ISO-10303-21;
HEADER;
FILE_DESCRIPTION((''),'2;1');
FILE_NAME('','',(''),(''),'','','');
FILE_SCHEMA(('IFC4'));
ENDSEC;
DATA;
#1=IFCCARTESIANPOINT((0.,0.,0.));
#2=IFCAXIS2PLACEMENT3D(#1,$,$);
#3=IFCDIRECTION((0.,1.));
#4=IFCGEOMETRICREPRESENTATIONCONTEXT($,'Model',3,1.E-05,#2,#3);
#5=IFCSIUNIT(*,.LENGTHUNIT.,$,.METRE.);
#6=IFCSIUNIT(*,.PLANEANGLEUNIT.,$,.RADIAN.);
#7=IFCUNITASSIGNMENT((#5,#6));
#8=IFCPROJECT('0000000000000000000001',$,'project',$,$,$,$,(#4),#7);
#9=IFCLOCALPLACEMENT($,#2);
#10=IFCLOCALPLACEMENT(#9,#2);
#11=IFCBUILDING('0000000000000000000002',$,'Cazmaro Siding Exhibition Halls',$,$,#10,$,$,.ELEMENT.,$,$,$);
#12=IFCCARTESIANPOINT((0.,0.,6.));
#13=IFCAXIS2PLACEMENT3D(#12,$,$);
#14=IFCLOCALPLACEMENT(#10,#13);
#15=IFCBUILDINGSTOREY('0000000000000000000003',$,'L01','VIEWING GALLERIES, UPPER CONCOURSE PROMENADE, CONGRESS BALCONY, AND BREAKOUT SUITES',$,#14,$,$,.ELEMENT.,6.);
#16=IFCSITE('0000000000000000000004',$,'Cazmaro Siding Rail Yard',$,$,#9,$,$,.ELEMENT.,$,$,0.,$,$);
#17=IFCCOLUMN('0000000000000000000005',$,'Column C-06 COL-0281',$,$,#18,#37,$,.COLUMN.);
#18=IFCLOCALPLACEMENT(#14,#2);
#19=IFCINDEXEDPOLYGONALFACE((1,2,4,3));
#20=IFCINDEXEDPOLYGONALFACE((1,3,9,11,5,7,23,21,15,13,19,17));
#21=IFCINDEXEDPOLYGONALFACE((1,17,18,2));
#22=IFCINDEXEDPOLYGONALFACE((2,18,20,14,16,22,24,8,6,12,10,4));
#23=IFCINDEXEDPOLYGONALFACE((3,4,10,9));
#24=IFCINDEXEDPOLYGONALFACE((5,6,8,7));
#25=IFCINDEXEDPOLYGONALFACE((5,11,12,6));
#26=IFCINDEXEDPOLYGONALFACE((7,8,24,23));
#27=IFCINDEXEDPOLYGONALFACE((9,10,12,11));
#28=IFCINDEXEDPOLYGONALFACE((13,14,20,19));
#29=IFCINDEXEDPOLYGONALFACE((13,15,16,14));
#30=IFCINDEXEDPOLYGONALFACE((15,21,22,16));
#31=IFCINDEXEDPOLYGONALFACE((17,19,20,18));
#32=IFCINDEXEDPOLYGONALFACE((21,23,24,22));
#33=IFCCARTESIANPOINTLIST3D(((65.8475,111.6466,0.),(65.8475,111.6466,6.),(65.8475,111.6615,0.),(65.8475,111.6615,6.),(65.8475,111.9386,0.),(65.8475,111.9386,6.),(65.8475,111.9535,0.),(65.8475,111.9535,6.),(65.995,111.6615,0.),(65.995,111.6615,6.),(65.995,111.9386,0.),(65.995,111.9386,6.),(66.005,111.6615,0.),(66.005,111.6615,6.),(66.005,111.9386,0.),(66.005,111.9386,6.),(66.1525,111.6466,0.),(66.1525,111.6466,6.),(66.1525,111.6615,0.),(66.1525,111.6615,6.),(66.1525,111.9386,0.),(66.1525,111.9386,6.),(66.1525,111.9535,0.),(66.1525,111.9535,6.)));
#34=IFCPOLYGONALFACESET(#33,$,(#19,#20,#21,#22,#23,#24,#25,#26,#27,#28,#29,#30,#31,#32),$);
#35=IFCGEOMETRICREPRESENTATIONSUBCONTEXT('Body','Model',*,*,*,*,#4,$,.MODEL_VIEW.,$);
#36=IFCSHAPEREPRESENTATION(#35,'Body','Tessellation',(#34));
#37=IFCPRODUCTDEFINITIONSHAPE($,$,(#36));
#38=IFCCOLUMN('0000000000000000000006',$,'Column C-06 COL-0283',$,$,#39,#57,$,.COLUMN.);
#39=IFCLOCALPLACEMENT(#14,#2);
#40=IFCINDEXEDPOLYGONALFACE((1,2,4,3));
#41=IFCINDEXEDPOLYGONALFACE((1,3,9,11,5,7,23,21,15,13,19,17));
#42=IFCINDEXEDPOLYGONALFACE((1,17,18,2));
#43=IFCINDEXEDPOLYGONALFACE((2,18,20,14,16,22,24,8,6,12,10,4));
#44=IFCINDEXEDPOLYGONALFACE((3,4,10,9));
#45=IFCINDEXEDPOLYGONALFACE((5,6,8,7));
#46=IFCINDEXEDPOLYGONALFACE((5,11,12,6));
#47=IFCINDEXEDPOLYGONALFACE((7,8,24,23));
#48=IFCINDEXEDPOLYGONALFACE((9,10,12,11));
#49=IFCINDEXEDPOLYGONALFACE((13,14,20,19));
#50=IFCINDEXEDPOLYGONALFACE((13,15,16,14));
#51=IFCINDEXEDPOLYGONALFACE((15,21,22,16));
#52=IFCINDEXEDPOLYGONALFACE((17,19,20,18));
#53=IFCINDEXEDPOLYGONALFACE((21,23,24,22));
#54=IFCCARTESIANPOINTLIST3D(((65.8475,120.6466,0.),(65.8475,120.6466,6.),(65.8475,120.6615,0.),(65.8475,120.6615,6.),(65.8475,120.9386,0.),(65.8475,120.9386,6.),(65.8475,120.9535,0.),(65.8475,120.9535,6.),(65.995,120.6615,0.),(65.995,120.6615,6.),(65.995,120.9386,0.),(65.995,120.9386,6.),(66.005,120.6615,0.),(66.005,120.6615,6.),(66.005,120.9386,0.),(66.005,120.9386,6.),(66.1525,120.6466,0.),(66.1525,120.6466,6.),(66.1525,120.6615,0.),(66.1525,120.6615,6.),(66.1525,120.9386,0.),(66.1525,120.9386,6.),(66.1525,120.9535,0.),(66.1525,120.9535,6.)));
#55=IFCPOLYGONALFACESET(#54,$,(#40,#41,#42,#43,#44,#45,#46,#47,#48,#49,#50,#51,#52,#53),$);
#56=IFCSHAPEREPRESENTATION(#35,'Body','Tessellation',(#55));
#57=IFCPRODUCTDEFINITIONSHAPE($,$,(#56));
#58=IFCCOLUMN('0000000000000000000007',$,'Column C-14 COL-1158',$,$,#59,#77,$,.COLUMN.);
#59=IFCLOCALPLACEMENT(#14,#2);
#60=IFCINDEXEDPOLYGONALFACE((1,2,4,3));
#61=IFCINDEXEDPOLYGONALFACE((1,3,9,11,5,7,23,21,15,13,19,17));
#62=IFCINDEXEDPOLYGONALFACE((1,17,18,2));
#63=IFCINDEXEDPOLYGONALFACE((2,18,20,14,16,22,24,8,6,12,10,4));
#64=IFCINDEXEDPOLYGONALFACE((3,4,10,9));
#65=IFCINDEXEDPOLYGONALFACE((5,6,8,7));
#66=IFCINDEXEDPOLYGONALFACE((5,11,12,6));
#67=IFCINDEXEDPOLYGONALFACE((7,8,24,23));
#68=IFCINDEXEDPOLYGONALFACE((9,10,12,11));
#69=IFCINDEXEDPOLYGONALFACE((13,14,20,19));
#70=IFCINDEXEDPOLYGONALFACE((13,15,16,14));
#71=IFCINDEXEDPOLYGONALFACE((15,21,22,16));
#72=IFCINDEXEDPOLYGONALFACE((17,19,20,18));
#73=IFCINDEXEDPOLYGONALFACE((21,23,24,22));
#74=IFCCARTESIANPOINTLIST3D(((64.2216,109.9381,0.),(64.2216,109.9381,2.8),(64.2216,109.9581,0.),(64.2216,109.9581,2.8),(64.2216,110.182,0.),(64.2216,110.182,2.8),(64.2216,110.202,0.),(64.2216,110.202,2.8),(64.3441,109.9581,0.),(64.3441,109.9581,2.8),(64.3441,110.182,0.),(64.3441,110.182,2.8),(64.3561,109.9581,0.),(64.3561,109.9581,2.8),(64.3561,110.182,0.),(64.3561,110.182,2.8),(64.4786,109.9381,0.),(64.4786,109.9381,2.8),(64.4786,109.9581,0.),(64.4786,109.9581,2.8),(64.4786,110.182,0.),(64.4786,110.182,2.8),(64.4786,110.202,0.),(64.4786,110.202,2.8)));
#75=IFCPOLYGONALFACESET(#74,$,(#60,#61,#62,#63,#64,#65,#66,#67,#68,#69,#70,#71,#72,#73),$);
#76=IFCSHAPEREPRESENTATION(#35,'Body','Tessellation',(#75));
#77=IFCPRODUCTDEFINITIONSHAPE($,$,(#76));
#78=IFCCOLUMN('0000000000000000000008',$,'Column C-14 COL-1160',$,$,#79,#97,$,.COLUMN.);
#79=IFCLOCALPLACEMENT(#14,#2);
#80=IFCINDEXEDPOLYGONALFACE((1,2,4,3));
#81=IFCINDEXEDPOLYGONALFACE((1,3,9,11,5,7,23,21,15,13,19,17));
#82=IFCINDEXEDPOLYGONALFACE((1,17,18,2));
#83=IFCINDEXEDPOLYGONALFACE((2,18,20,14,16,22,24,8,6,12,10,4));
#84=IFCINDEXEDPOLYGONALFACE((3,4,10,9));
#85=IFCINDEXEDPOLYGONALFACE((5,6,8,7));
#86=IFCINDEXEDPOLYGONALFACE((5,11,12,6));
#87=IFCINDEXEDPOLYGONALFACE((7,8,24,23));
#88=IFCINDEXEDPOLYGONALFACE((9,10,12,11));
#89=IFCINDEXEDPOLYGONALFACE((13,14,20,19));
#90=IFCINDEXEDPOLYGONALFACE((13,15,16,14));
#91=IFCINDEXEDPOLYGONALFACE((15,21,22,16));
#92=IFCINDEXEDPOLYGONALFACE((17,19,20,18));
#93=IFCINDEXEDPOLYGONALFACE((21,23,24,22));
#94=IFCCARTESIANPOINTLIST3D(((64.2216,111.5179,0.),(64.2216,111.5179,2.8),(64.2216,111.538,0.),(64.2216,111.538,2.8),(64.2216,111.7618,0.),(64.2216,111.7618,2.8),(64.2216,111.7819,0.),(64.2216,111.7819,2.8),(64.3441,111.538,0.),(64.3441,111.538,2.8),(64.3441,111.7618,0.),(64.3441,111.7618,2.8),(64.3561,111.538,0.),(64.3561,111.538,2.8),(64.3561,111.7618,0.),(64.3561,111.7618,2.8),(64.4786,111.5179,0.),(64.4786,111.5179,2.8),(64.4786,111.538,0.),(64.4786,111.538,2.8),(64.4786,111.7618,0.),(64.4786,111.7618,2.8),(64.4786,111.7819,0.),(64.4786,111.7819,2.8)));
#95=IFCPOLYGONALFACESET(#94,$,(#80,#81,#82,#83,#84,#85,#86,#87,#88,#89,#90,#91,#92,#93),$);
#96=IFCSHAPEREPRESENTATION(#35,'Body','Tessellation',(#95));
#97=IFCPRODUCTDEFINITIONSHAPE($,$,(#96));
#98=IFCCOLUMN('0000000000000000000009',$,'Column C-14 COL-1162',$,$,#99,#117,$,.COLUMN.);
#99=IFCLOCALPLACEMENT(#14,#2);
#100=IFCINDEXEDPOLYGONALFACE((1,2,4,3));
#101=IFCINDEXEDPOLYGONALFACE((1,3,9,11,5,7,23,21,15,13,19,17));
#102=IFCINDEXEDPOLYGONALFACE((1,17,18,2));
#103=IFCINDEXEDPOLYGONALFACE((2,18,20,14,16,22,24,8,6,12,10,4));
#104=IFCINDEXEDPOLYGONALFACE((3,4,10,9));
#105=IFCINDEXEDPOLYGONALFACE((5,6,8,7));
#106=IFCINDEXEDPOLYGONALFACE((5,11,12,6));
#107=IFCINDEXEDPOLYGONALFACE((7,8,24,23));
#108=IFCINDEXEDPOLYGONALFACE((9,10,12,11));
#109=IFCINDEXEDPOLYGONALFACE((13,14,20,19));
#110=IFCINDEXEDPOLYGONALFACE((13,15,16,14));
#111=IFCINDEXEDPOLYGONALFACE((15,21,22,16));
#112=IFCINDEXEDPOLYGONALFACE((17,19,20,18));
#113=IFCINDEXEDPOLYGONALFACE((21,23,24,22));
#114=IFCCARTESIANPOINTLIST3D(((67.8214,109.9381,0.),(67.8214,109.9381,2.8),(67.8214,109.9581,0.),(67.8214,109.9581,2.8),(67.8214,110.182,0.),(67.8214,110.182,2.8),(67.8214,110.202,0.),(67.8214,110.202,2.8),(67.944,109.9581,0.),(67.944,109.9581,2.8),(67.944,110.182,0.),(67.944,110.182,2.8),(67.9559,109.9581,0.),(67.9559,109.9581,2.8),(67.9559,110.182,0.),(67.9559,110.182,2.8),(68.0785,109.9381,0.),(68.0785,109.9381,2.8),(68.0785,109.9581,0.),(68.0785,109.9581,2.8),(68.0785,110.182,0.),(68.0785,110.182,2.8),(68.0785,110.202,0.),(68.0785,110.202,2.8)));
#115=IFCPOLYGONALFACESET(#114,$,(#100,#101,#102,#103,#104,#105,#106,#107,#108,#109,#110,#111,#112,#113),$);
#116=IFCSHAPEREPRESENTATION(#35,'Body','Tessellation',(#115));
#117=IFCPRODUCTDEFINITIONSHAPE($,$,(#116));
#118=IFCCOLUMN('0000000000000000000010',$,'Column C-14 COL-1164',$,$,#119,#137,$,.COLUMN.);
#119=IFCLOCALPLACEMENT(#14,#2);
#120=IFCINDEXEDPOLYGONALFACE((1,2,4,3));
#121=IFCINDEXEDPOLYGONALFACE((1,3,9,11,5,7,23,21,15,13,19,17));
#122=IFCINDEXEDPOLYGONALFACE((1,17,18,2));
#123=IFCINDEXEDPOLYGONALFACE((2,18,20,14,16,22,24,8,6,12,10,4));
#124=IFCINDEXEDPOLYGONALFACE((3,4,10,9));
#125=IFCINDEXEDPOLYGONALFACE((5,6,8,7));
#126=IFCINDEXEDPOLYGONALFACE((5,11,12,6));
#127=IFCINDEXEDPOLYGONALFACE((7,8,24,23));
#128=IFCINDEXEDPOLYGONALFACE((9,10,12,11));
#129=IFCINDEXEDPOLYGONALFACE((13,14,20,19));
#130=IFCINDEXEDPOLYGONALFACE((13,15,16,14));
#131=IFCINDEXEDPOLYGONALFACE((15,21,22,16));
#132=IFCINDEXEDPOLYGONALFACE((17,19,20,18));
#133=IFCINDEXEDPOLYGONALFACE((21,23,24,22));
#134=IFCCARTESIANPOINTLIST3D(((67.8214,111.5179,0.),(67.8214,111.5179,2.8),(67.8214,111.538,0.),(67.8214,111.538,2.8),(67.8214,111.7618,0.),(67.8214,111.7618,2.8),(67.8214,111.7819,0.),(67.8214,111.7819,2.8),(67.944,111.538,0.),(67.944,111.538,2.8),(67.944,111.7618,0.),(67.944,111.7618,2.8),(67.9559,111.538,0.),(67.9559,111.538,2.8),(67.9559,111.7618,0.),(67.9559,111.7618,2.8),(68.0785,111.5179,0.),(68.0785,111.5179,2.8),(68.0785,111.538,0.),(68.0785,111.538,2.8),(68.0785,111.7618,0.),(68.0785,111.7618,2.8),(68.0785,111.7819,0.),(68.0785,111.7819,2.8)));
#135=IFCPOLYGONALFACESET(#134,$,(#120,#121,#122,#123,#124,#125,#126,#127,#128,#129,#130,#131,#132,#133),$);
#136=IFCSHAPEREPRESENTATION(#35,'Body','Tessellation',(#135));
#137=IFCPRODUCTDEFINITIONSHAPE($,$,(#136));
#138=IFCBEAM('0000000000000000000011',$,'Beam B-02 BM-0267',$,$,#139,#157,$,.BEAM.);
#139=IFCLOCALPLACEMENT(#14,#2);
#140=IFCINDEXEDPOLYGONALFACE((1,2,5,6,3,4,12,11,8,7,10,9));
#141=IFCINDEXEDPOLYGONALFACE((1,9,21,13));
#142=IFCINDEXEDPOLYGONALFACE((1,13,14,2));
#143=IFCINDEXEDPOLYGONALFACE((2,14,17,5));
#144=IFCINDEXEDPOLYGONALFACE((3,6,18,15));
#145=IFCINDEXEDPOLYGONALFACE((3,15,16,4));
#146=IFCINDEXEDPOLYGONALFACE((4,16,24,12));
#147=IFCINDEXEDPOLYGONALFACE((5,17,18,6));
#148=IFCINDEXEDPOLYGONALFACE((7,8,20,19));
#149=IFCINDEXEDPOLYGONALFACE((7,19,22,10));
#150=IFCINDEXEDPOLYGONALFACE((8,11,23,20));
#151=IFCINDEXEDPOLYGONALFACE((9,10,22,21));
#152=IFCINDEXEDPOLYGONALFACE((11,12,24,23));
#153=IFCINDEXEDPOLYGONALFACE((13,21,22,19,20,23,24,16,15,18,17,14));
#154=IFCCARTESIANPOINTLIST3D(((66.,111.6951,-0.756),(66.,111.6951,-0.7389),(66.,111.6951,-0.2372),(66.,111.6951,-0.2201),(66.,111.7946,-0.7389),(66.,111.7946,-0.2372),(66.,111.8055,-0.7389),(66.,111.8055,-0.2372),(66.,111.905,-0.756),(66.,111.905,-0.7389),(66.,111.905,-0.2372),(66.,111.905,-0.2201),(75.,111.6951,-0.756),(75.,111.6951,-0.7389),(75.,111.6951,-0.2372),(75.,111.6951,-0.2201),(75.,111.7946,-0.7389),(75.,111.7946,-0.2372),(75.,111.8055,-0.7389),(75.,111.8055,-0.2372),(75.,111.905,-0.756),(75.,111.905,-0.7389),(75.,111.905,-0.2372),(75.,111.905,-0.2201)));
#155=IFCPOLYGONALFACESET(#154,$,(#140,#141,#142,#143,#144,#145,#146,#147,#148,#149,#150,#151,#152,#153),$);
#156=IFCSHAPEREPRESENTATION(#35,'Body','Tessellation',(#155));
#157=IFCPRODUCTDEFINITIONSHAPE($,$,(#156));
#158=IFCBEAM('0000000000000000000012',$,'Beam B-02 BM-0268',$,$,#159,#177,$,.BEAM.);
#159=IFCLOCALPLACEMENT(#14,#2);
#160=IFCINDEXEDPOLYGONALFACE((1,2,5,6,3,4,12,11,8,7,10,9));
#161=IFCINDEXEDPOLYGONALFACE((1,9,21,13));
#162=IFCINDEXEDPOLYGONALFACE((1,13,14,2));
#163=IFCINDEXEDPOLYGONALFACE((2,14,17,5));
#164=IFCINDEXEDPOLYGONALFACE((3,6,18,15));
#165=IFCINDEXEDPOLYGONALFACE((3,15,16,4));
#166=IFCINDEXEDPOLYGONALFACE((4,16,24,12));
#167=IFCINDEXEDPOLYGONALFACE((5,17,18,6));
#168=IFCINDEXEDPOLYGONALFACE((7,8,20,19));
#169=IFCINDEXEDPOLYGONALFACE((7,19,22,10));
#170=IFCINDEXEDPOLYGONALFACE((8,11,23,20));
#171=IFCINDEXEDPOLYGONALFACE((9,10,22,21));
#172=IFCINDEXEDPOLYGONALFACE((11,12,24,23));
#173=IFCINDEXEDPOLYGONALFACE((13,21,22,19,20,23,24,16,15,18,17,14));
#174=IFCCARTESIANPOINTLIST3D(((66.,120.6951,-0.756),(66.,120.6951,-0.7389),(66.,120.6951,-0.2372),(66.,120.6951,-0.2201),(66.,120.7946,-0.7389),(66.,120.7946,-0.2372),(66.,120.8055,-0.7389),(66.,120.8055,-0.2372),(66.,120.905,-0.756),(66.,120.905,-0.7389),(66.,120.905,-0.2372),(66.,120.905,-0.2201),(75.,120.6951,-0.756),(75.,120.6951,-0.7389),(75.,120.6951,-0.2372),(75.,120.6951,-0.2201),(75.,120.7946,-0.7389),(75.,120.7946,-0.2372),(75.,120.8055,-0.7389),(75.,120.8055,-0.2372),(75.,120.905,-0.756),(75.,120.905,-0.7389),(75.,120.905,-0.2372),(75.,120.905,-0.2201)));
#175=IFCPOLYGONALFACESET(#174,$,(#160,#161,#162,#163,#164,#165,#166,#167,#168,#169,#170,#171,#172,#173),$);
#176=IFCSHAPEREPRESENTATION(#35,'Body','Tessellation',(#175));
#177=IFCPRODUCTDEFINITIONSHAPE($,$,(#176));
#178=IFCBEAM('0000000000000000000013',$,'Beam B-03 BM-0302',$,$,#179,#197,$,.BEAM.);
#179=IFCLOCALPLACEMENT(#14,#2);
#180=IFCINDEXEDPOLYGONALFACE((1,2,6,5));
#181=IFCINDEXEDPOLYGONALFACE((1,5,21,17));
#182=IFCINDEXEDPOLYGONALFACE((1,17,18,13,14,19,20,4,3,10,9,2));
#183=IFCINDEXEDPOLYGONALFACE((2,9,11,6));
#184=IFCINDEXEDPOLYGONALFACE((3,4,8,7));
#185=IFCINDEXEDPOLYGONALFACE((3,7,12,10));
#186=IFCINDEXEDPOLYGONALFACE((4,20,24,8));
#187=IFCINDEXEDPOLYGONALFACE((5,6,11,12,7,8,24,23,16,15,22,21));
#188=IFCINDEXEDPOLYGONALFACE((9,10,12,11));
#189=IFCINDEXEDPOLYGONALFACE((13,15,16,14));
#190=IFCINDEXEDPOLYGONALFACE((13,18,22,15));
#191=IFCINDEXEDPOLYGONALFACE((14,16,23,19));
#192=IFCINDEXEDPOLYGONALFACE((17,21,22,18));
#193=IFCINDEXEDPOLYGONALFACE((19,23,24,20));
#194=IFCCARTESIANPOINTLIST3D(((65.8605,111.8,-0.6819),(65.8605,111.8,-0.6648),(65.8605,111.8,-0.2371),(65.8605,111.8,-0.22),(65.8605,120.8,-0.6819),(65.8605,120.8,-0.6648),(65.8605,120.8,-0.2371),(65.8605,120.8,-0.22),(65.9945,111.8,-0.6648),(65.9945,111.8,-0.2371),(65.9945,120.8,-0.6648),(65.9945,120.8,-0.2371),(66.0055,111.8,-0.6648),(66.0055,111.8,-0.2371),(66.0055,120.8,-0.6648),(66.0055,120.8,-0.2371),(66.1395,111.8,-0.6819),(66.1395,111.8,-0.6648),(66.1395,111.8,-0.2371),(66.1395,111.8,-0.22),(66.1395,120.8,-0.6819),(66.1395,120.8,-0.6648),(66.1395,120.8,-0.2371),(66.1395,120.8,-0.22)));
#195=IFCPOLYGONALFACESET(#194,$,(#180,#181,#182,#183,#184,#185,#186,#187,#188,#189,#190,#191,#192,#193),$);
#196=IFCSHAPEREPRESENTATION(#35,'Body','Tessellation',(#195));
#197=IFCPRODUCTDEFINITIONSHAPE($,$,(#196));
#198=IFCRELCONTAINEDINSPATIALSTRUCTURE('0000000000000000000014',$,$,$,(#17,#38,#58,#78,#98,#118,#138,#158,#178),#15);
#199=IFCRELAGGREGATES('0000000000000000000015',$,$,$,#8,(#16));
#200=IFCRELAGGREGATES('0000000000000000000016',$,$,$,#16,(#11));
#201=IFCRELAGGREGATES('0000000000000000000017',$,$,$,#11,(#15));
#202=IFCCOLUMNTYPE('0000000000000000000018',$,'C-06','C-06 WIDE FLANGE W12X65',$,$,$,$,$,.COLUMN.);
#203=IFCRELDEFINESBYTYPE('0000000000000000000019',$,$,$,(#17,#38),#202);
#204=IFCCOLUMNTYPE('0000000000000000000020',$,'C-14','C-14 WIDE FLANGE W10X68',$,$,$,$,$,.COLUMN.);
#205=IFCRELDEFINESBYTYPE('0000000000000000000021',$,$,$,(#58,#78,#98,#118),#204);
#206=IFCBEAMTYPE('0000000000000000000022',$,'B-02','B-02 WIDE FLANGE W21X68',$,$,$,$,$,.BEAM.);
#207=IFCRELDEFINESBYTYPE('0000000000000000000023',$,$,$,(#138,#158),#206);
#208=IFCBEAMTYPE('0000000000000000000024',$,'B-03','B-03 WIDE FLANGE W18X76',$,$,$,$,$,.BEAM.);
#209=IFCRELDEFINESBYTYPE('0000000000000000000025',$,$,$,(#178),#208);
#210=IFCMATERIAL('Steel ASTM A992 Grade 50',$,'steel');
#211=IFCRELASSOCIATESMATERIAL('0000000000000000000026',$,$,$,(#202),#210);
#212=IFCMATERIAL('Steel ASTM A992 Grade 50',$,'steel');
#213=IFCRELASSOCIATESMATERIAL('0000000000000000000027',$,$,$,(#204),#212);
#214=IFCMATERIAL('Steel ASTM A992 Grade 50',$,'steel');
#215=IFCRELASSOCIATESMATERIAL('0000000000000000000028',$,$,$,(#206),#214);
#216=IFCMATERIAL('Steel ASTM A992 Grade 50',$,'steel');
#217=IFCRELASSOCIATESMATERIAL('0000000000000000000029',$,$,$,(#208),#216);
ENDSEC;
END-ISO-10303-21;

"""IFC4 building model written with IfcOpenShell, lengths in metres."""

from ifc_helpers import new_model, si_unit, direction, frame, origin, origin_2d, place, context, subcontext, project, spatial, i_section, extrude, material, material_profile, profile_set, type_object, element, save


model = new_model("IFC4")

# Units and contexts
model_context = context("Model", 3, precision=1e-05, world=origin(), true_north=direction((0.0, 1.0)))
body_context = subcontext(model_context, "Body", "Model", "MODEL_VIEW")
ifc_project = project(units=[si_unit("LENGTHUNIT", "METRE"), si_unit("PLANEANGLEUNIT", "RADIAN")], contexts=[model_context])

# Site, building, storey
site_placement = place(None, origin())
site = spatial("IfcSite", under=ifc_project, at=site_placement, Name="Cazmaro Siding Rail Yard", CompositionType="ELEMENT", RefElevation=0.0)
building_placement = place(site_placement, origin())
building = spatial("IfcBuilding", under=site, at=building_placement, Name="Cazmaro Siding Exhibition Halls", CompositionType="ELEMENT")
storey_placement = place(building_placement, frame((0.0, 0.0, 6.0)))
storey = spatial("IfcBuildingStorey", under=building, at=storey_placement, Name="L01", Description="VIEWING GALLERIES, UPPER CONCOURSE PROMENADE, CONGRESS BALCONY, AND BREAKOUT SUITES", CompositionType="ELEMENT", Elevation=6.0)

# Columns
ifc_material_1 = material(Name="Steel ASTM A992 Grade 50", Category="steel")
ifc_material_profile_1 = material_profile(ifc_material_1, i_section(OverallWidth=0.3049, OverallDepth=0.3069, WebThickness=0.01, FlangeThickness=0.0149, at=origin_2d()), Name="W12X65")
ifc_profile_set_1 = profile_set([ifc_material_profile_1], Name="Steel ASTM A992 Grade 50")
column_type_1 = type_object("IfcColumnType", Name="C-06", Description="C-06 WIDE FLANGE W12X65", PredefinedType="COLUMN", material=ifc_profile_set_1)
for number, where, z_axis, x_axis, name in (
    (1, (66.0, 111.8, 0.0), (0.0, 0.0, 1.0), (1.0, 0.0, 0.0), "Column C-06 COL-0281"),
    (2, (66.0, 120.8, 0.0), (0.0, 0.0, 1.0), (1.0, 0.0, 0.0), "Column C-06 COL-0283"),
):
    element("IfcColumn", number, at=place(storey_placement, frame(where, z_axis=z_axis, x_axis=x_axis)), inside=storey, type_object=column_type_1, Name=name, PredefinedType="COLUMN", context=body_context, shape_type="SweptSolid", body=[
        extrude(i_section(OverallWidth=0.3049, OverallDepth=0.3069, WebThickness=0.01, FlangeThickness=0.0149, at=origin_2d()), origin(), (0.0, 0.0, 1.0), 6.0),
    ])
ifc_material_2 = material(Name="Steel ASTM A992 Grade 50", Category="steel")
ifc_material_profile_2 = material_profile(ifc_material_2, i_section(OverallWidth=0.2571, OverallDepth=0.2639, WebThickness=0.012, FlangeThickness=0.02, at=origin_2d()), Name="W10X68")
ifc_profile_set_2 = profile_set([ifc_material_profile_2], Name="Steel ASTM A992 Grade 50")
column_type_2 = type_object("IfcColumnType", Name="C-14", Description="C-14 WIDE FLANGE W10X68", PredefinedType="COLUMN", material=ifc_profile_set_2)
for number, where, z_axis, x_axis, name in (
    (3, (64.3501, 110.0701, 0.0), (0.0, 0.0, 1.0), (1.0, 0.0, 0.0), "Column C-14 COL-1158"),
    (4, (64.3501, 111.6499, 0.0), (0.0, 0.0, 1.0), (1.0, 0.0, 0.0), "Column C-14 COL-1160"),
    (5, (67.95, 110.0701, 0.0), (0.0, 0.0, 1.0), (1.0, 0.0, 0.0), "Column C-14 COL-1162"),
    (6, (67.95, 111.6499, 0.0), (0.0, 0.0, 1.0), (1.0, 0.0, 0.0), "Column C-14 COL-1164"),
):
    element("IfcColumn", number, at=place(storey_placement, frame(where, z_axis=z_axis, x_axis=x_axis)), inside=storey, type_object=column_type_2, Name=name, PredefinedType="COLUMN", context=body_context, shape_type="SweptSolid", body=[
        extrude(i_section(OverallWidth=0.2571, OverallDepth=0.2639, WebThickness=0.012, FlangeThickness=0.02, at=origin_2d()), origin(), (0.0, 0.0, 1.0), 2.8),
    ])

# Beams
ifc_material_3 = material(Name="Steel ASTM A992 Grade 50", Category="steel")
ifc_material_profile_3 = material_profile(ifc_material_3, i_section(OverallWidth=0.21, OverallDepth=0.5359, WebThickness=0.011, FlangeThickness=0.0171, at=origin_2d()), Name="W21X68")
ifc_profile_set_3 = profile_set([ifc_material_profile_3], Name="Steel ASTM A992 Grade 50")
beam_type_1 = type_object("IfcBeamType", Name="B-02", Description="B-02 WIDE FLANGE W21X68", PredefinedType="BEAM", material=ifc_profile_set_3)
for number, where, z_axis, x_axis, name in (
    (7, (66.0, 111.8, -0.488), (1.0, 0.0, 0.0), (0.0, 1.0, 0.0), "Beam B-02 BM-0267"),
    (8, (66.0, 120.8, -0.488), (1.0, 0.0, 0.0), (0.0, 1.0, 0.0), "Beam B-02 BM-0268"),
):
    element("IfcBeam", number, at=place(storey_placement, frame(where, z_axis=z_axis, x_axis=x_axis)), inside=storey, type_object=beam_type_1, Name=name, PredefinedType="BEAM", context=body_context, shape_type="SweptSolid", body=[
        extrude(i_section(OverallWidth=0.21, OverallDepth=0.5359, WebThickness=0.011, FlangeThickness=0.0171, at=origin_2d()), origin(), (0.0, 0.0, 1.0), 9.0),
    ])
ifc_material_4 = material(Name="Steel ASTM A992 Grade 50", Category="steel")
ifc_material_profile_4 = material_profile(ifc_material_4, i_section(OverallWidth=0.2791, OverallDepth=0.4619, WebThickness=0.011, FlangeThickness=0.0171, at=origin_2d()), Name="W18X76")
ifc_profile_set_4 = profile_set([ifc_material_profile_4], Name="Steel ASTM A992 Grade 50")
beam_type_2 = type_object("IfcBeamType", Name="B-03", Description="B-03 WIDE FLANGE W18X76", PredefinedType="BEAM", material=ifc_profile_set_4)
beam_1_placement = place(storey_placement, frame((66.0, 111.8, -0.4509), z_axis=(0.0, 1.0, 0.0), x_axis=(-1.0, 0.0, 0.0)))
element("IfcBeam", 9, at=beam_1_placement, inside=storey, type_object=beam_type_2, Name="Beam B-03 BM-0302", PredefinedType="BEAM", context=body_context, shape_type="SweptSolid", body=[
    extrude(i_section(OverallWidth=0.2791, OverallDepth=0.4619, WebThickness=0.011, FlangeThickness=0.0171, at=origin_2d()), origin(), (0.0, 0.0, 1.0), 9.0),
])

save(model, "model.ifc")
